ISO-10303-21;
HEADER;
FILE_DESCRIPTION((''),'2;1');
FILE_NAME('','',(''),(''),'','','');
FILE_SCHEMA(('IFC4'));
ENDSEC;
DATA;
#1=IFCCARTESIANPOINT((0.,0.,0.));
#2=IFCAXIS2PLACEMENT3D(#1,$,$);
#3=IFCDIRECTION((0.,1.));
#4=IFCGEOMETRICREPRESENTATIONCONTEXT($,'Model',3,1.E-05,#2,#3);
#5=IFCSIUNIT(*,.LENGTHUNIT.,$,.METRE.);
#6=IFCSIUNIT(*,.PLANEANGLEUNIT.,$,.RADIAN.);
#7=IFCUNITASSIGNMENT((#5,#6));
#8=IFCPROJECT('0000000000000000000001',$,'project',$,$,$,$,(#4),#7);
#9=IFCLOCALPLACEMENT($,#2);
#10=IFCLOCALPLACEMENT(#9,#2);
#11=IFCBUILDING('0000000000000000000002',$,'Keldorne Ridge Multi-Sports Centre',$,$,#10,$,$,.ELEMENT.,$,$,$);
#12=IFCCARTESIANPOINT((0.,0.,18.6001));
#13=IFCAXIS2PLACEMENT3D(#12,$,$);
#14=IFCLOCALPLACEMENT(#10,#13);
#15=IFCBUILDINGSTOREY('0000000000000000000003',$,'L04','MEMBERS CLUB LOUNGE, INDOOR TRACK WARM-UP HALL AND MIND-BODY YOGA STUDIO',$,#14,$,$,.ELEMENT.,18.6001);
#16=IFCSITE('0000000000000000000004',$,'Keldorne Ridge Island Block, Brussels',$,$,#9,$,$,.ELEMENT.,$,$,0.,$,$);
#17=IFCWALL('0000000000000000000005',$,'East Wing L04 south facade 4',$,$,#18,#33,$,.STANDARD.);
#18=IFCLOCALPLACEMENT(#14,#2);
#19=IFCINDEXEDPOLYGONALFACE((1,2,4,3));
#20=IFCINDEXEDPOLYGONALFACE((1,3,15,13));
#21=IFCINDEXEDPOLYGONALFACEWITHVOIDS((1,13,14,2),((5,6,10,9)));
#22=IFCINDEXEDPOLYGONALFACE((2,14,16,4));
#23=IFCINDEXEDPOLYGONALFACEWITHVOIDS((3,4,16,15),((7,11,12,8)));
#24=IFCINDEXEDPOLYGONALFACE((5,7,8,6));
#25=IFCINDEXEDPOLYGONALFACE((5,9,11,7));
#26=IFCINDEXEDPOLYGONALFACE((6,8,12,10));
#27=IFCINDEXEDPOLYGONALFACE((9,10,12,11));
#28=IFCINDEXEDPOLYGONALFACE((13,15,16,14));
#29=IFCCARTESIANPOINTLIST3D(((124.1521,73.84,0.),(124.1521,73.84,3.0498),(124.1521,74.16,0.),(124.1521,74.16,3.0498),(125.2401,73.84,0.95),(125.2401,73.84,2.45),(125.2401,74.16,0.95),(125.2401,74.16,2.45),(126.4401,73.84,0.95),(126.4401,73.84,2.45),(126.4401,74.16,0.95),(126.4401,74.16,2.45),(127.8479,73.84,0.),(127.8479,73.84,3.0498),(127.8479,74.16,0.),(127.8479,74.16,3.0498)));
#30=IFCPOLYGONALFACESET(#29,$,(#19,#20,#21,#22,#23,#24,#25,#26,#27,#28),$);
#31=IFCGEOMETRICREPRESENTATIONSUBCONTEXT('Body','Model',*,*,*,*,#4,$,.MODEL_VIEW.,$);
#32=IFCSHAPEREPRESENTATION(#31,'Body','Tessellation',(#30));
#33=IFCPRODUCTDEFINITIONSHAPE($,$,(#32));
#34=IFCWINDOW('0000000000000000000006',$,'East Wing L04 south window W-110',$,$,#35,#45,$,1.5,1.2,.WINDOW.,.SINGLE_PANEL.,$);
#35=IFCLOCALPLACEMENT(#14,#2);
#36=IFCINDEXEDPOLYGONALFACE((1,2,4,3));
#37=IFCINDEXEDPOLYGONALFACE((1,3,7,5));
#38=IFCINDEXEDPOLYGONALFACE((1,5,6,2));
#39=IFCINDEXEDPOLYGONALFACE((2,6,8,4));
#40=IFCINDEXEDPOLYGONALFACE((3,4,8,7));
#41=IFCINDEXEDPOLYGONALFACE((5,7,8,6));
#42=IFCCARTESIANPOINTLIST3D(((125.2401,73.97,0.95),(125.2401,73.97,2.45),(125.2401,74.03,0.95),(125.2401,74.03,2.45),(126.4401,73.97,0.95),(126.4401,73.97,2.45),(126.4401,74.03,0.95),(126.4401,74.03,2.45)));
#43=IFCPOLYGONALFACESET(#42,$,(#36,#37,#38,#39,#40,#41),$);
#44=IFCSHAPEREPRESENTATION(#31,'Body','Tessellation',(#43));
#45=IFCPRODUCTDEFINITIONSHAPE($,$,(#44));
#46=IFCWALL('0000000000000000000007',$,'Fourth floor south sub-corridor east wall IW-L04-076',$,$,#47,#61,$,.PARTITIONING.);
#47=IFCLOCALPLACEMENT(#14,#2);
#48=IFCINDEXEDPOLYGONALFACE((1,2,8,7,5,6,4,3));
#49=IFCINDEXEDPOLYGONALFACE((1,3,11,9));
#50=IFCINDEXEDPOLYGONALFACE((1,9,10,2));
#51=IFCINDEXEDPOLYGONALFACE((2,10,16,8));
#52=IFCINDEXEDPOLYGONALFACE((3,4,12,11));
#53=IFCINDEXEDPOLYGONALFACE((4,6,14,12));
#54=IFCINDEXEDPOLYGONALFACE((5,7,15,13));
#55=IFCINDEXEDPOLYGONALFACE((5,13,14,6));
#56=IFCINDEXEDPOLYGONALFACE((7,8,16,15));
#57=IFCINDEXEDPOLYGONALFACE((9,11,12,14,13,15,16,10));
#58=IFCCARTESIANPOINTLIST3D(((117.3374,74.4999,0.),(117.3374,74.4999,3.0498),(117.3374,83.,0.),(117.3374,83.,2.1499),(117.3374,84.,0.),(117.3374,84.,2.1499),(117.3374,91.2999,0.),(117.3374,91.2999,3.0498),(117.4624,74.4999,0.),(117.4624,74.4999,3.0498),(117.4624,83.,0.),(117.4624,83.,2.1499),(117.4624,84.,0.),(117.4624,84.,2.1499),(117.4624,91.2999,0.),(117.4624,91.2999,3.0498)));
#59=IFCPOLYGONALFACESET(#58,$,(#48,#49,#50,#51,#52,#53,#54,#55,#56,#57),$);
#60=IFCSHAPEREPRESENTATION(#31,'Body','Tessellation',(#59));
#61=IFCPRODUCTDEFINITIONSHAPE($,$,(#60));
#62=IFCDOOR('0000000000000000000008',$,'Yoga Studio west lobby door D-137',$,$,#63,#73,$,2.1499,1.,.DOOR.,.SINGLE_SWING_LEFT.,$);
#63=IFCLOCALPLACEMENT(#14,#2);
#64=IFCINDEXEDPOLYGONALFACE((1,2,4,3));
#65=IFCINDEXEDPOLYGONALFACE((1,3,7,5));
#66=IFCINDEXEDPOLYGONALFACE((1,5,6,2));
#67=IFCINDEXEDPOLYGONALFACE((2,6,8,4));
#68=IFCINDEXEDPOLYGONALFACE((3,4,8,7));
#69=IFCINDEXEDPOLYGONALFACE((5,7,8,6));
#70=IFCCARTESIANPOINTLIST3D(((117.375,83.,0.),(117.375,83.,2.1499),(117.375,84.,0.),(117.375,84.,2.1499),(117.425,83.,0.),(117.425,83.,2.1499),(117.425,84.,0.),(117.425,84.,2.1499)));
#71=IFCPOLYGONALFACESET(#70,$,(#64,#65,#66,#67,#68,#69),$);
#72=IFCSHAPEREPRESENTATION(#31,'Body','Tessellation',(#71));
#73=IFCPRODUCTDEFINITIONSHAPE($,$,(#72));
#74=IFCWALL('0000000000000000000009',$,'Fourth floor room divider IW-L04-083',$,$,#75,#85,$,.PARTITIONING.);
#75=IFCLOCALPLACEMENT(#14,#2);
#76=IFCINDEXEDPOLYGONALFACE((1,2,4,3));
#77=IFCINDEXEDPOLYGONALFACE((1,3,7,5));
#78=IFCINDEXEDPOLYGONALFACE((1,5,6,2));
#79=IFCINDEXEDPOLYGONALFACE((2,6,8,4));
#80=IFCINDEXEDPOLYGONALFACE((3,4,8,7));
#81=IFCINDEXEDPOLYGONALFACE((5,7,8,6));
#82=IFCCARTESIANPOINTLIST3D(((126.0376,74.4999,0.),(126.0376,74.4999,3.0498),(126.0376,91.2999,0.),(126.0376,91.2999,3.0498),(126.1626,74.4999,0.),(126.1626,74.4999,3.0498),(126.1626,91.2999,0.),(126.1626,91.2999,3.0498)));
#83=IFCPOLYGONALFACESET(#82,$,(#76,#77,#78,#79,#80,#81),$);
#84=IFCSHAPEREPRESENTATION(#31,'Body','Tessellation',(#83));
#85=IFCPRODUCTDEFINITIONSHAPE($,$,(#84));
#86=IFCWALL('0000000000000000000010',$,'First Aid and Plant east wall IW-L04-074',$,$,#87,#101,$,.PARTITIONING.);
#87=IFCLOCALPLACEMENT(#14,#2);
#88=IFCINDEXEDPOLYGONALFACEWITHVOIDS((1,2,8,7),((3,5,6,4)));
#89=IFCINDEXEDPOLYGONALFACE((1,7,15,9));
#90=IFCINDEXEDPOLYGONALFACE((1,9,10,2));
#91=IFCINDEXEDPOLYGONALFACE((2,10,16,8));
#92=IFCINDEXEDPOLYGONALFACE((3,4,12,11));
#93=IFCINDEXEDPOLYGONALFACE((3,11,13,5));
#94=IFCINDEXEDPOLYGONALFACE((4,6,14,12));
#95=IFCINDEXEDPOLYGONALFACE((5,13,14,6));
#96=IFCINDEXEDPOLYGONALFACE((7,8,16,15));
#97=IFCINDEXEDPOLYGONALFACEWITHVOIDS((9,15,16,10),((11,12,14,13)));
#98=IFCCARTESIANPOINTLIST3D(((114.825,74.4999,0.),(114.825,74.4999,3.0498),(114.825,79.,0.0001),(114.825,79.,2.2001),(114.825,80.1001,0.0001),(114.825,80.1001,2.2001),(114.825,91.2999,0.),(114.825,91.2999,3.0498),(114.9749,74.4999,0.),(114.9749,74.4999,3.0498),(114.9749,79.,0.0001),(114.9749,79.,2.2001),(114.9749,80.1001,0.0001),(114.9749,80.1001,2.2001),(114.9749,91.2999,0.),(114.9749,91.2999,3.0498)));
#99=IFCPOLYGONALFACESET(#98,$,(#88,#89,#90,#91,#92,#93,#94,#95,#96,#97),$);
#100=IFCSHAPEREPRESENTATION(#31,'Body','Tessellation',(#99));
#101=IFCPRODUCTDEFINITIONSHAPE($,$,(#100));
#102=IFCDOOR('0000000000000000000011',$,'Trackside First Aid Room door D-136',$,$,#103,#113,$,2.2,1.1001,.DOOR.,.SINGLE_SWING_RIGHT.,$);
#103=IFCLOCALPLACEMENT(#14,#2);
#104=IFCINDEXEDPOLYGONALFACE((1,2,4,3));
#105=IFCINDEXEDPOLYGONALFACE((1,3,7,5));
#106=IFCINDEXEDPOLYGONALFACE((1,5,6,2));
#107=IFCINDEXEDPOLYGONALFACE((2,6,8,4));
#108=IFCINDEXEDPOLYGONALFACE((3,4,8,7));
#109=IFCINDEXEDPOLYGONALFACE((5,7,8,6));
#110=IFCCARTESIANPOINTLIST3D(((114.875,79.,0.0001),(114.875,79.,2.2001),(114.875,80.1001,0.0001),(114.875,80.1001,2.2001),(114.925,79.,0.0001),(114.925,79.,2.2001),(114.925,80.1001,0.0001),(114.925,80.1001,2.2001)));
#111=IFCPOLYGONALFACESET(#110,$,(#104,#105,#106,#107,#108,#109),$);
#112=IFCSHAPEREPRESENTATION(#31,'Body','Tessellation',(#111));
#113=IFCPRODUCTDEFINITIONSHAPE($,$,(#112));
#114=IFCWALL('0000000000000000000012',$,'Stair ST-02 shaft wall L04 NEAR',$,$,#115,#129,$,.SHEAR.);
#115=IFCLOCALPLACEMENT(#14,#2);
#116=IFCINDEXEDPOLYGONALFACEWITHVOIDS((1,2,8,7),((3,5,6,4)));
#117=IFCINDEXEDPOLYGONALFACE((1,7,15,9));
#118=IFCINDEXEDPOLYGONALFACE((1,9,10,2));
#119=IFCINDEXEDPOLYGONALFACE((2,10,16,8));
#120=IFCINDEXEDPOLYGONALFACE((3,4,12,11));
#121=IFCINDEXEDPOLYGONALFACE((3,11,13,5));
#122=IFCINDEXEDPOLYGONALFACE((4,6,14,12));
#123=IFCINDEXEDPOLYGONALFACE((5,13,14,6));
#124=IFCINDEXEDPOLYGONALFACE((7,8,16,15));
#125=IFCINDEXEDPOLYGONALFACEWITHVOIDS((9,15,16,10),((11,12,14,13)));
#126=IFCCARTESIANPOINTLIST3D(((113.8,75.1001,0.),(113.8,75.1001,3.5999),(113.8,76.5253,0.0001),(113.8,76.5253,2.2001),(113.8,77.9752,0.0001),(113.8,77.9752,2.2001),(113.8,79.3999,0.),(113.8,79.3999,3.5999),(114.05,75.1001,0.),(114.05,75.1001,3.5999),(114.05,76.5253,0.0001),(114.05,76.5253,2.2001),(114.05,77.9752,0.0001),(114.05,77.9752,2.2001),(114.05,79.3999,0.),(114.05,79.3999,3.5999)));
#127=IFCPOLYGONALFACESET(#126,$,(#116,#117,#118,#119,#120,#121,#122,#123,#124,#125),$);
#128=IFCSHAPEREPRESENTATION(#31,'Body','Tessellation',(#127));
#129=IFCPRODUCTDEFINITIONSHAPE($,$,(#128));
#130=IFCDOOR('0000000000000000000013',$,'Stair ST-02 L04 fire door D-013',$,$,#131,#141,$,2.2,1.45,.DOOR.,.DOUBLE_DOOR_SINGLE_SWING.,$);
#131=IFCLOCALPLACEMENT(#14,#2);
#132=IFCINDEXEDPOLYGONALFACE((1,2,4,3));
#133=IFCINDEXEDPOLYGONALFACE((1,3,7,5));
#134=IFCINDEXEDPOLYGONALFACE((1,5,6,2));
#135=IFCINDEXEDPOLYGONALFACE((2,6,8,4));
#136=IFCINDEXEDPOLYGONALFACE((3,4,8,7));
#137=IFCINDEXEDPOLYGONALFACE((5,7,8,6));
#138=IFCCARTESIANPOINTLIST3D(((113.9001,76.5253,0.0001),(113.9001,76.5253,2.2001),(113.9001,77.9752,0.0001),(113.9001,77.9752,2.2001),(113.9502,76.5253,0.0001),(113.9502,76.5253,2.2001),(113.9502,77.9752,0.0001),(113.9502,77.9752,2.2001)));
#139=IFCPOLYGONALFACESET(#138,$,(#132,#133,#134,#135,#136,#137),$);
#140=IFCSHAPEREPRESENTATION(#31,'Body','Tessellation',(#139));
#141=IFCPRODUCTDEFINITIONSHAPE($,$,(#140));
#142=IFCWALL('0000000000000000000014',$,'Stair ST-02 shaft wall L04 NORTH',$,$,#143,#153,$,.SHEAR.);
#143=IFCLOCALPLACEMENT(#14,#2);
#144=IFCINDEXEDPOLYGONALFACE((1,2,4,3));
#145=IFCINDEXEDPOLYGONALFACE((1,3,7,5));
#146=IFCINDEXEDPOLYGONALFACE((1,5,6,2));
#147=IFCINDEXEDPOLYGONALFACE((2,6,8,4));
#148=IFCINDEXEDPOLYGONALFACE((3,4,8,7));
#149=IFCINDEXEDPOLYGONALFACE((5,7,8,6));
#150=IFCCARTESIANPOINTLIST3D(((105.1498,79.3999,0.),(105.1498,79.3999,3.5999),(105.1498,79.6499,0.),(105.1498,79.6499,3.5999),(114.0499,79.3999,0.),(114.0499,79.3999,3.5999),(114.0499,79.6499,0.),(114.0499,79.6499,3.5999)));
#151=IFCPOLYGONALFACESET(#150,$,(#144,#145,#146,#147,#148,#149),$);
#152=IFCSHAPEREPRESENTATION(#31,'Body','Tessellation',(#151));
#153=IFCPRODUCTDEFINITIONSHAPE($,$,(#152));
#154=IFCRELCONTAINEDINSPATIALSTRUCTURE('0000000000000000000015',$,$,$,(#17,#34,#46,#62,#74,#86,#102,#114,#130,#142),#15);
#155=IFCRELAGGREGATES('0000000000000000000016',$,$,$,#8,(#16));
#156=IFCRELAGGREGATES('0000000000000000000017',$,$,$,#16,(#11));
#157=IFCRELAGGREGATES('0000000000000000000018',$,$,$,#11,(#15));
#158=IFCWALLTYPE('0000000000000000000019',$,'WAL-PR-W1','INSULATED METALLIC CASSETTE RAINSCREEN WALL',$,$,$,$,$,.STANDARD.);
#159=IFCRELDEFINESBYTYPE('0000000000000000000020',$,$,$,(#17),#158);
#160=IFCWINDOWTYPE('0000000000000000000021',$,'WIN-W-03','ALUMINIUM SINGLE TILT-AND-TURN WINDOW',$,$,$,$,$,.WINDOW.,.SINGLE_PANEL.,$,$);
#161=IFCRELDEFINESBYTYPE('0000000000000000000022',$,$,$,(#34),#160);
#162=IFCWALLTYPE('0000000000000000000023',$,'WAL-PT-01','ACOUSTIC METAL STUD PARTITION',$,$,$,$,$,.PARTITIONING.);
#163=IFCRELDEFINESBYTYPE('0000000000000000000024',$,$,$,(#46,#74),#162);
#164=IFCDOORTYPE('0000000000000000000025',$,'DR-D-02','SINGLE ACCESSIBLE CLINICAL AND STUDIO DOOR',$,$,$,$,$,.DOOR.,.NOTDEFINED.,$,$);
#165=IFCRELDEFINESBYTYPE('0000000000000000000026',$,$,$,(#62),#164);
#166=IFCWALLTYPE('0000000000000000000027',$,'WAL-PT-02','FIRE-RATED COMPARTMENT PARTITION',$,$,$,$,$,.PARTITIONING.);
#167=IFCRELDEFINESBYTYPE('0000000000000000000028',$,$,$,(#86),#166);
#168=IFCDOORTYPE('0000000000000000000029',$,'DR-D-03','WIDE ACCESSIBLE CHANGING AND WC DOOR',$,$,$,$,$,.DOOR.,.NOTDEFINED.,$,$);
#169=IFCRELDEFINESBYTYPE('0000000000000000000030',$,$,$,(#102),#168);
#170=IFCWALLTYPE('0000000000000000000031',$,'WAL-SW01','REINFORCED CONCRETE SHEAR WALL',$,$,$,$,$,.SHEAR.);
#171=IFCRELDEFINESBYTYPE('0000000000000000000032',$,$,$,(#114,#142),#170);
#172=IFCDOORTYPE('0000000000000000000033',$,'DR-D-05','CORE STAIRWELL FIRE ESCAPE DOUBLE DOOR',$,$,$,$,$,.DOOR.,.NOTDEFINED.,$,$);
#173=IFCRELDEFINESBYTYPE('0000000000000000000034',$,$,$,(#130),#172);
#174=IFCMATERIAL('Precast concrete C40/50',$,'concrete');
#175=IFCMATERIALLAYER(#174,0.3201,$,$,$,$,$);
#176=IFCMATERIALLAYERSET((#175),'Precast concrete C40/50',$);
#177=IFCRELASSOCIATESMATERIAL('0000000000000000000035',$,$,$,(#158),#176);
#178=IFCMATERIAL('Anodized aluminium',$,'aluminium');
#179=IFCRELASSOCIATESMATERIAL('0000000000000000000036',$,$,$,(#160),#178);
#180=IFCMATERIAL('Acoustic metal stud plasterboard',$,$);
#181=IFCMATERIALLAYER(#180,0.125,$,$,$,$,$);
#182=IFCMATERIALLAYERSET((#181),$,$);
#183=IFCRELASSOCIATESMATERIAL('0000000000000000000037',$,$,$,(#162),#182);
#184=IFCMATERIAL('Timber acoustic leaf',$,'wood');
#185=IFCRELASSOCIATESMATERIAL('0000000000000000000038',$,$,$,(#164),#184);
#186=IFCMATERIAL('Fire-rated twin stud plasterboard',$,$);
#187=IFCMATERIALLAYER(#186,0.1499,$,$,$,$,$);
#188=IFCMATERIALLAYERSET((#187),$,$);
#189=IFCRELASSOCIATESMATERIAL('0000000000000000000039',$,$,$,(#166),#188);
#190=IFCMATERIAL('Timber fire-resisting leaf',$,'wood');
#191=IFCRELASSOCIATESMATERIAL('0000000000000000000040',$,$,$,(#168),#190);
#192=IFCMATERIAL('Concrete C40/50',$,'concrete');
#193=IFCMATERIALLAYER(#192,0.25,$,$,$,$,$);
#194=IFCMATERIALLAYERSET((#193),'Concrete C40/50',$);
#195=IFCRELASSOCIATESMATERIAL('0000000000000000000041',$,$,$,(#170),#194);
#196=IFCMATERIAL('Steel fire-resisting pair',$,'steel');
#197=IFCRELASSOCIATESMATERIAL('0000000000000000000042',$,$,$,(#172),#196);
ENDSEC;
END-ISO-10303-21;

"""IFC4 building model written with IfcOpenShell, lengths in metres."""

from ifc_helpers import new_model, si_unit, direction, frame, frame_2d, origin, place, context, subcontext, project, spatial, rectangle, extrude, material, layer, layer_set, type_object, element, fill, save


model = new_model("IFC4")

# Units and contexts
model_context = context("Model", 3, precision=1e-05, world=origin(), true_north=direction((0.0, 1.0)))
body_context = subcontext(model_context, "Body", "Model", "MODEL_VIEW")
ifc_project = project(units=[si_unit("LENGTHUNIT", "METRE"), si_unit("PLANEANGLEUNIT", "RADIAN")], contexts=[model_context])

# Site, building, storey
site_placement = place(None, origin())
site = spatial("IfcSite", under=ifc_project, at=site_placement, Name="Keldorne Ridge Island Block, Brussels", CompositionType="ELEMENT", RefElevation=0.0)
building_placement = place(site_placement, origin())
building = spatial("IfcBuilding", under=site, at=building_placement, Name="Keldorne Ridge Multi-Sports Centre", CompositionType="ELEMENT")
storey_placement = place(building_placement, frame((0.0, 0.0, 18.6001)))
storey = spatial("IfcBuildingStorey", under=building, at=storey_placement, Name="L04", Description="MEMBERS CLUB LOUNGE, INDOOR TRACK WARM-UP HALL AND MIND-BODY YOGA STUDIO", CompositionType="ELEMENT", Elevation=18.6001)

# Wall, opening, window
ifc_material_1 = material(Name="Precast concrete C40/50", Category="concrete")
ifc_layer_1 = layer(ifc_material_1, 0.3201)
ifc_layer_set_1 = layer_set([ifc_layer_1], Name="Precast concrete C40/50")
wall_type_1 = type_object("IfcWallType", Name="WAL-PR-W1", Description="INSULATED METALLIC CASSETTE RAINSCREEN WALL", PredefinedType="STANDARD", material=ifc_layer_set_1)
wall_1_placement = place(storey_placement, frame((124.1521, 74.0, 0.0), z_axis=(0.0, 0.0, 1.0), x_axis=(1.0, 0.0, 0.0)))
wall_1 = element("IfcWall", 1, at=wall_1_placement, inside=storey, type_object=wall_type_1, Name="East Wing L04 south facade 4", PredefinedType="STANDARD", context=body_context, shape_type="SweptSolid", body=[
    extrude(rectangle(XDim=3.6958, YDim=0.3201, at=frame_2d((1.8479, 0.0))), origin(), (0.0, 0.0, 1.0), 3.0498),
])
opening_1_placement = place(wall_1_placement, frame((1.0879, 0.0, 0.95)))
opening_1 = element("IfcOpeningElement", 2, at=opening_1_placement, cuts=wall_1, PredefinedType="OPENING", context=body_context, shape_type="SweptSolid", body=[
    extrude(rectangle(XDim=1.2, YDim=1.5, at=frame_2d((0.6001, 0.75))), frame((0.0, 0.1699, 0.0), z_axis=(0.0, -1.0, 0.0), x_axis=(1.0, 0.0, 0.0)), (0.0, 0.0, 1.0), 0.3401),
])
ifc_material_2 = material(Name="Anodized aluminium", Category="aluminium")
window_type = type_object("IfcWindowType", Name="WIN-W-03", Description="ALUMINIUM SINGLE TILT-AND-TURN WINDOW", PartitioningType="SINGLE_PANEL", PredefinedType="WINDOW", material=ifc_material_2)
window_placement = place(opening_1_placement, origin())
window = element("IfcWindow", 3, at=window_placement, inside=storey, type_object=window_type, Name="East Wing L04 south window W-110", OverallHeight=1.5, OverallWidth=1.2, PartitioningType="SINGLE_PANEL", PredefinedType="WINDOW", context=body_context, shape_type="SweptSolid", body=[
    extrude(rectangle(XDim=1.2, YDim=1.5, at=frame_2d((0.6001, 0.75))), frame((0.0, 0.03, 0.0), z_axis=(0.0, -1.0, 0.0), x_axis=(1.0, 0.0, 0.0)), (0.0, 0.0, 1.0), 0.0601),
])
fill(opening_1, window)

# Wall, opening, door
ifc_material_3 = material(Name="Acoustic metal stud plasterboard")
ifc_layer_2 = layer(ifc_material_3, 0.125)
ifc_layer_set_2 = layer_set([ifc_layer_2])
wall_type_2 = type_object("IfcWallType", Name="WAL-PT-01", Description="ACOUSTIC METAL STUD PARTITION", PredefinedType="PARTITIONING", material=ifc_layer_set_2)
wall_2_placement = place(storey_placement, frame((117.3999, 74.5, 0.0), z_axis=(0.0, 0.0, 1.0), x_axis=(0.0, 1.0, 0.0)))
wall_2 = element("IfcWall", 4, at=wall_2_placement, inside=storey, type_object=wall_type_2, Name="Fourth floor south sub-corridor east wall IW-L04-076", PredefinedType="PARTITIONING", context=body_context, shape_type="SweptSolid", body=[
    extrude(rectangle(XDim=16.8, YDim=0.125, at=frame_2d((8.3999, 0.0))), origin(), (0.0, 0.0, 1.0), 3.0498),
])
opening_2_placement = place(wall_2_placement, frame((8.5, 0.0, 0.0)))
opening_2 = element("IfcOpeningElement", 5, at=opening_2_placement, cuts=wall_2, PredefinedType="OPENING", context=body_context, shape_type="SweptSolid", body=[
    extrude(rectangle(XDim=1.0, YDim=2.1499, at=frame_2d((0.5, 1.075))), frame((0.0, 0.0725, 0.0), z_axis=(0.0, -1.0, 0.0), x_axis=(1.0, 0.0, 0.0)), (0.0, 0.0, 1.0), 0.145),
])
ifc_material_4 = material(Name="Timber acoustic leaf", Category="wood")
door_type_1 = type_object("IfcDoorType", Name="DR-D-02", Description="SINGLE ACCESSIBLE CLINICAL AND STUDIO DOOR", OperationType="NOTDEFINED", PredefinedType="DOOR", material=ifc_material_4)
door_1_placement = place(opening_2_placement, origin())
door_1 = element("IfcDoor", 6, at=door_1_placement, inside=storey, type_object=door_type_1, Name="Yoga Studio west lobby door D-137", OperationType="SINGLE_SWING_LEFT", OverallHeight=2.1499, OverallWidth=1.0, PredefinedType="DOOR", context=body_context, shape_type="SweptSolid", body=[
    extrude(rectangle(XDim=1.0, YDim=2.1499, at=frame_2d((0.5, 1.075))), frame((0.0, 0.0249, 0.0), z_axis=(0.0, -1.0, 0.0), x_axis=(1.0, 0.0, 0.0)), (0.0, 0.0, 1.0), 0.05),
])
fill(opening_2, door_1)

# Wall
wall_3_placement = place(storey_placement, frame((126.1001, 74.5, 0.0), z_axis=(0.0, 0.0, 1.0), x_axis=(0.0, 1.0, 0.0)))
element("IfcWall", 7, at=wall_3_placement, inside=storey, type_object=wall_type_2, Name="Fourth floor room divider IW-L04-083", PredefinedType="PARTITIONING", context=body_context, shape_type="SweptSolid", body=[
    extrude(rectangle(XDim=16.8, YDim=0.125, at=frame_2d((8.3999, 0.0))), origin(), (0.0, 0.0, 1.0), 3.0498),
])

# Walls, openings, doors
ifc_material_5 = material(Name="Fire-rated twin stud plasterboard")
ifc_layer_3 = layer(ifc_material_5, 0.1499)
ifc_layer_set_3 = layer_set([ifc_layer_3])
wall_type_3 = type_object("IfcWallType", Name="WAL-PT-02", Description="FIRE-RATED COMPARTMENT PARTITION", PredefinedType="PARTITIONING", material=ifc_layer_set_3)
wall_4_placement = place(storey_placement, frame((114.8999, 74.5, 0.0), z_axis=(0.0, 0.0, 1.0), x_axis=(0.0, 1.0, 0.0)))
wall_4 = element("IfcWall", 8, at=wall_4_placement, inside=storey, type_object=wall_type_3, Name="First Aid and Plant east wall IW-L04-074", PredefinedType="PARTITIONING", context=body_context, shape_type="SweptSolid", body=[
    extrude(rectangle(XDim=16.8, YDim=0.1499, at=frame_2d((8.3999, 0.0))), origin(), (0.0, 0.0, 1.0), 3.0498),
])
opening_3_placement = place(wall_4_placement, frame((4.5, 0.0, 0.0)))
opening_3 = element("IfcOpeningElement", 9, at=opening_3_placement, cuts=wall_4, PredefinedType="OPENING", context=body_context, shape_type="SweptSolid", body=[
    extrude(rectangle(XDim=1.1001, YDim=2.2, at=frame_2d((0.55, 1.1001))), frame((0.0, 0.085, 0.0), z_axis=(0.0, -1.0, 0.0), x_axis=(1.0, 0.0, 0.0)), (0.0, 0.0, 1.0), 0.1699),
])
ifc_material_6 = material(Name="Timber fire-resisting leaf", Category="wood")
door_type_2 = type_object("IfcDoorType", Name="DR-D-03", Description="WIDE ACCESSIBLE CHANGING AND WC DOOR", OperationType="NOTDEFINED", PredefinedType="DOOR", material=ifc_material_6)
door_2_placement = place(opening_3_placement, origin())
door_2 = element("IfcDoor", 10, at=door_2_placement, inside=storey, type_object=door_type_2, Name="Trackside First Aid Room door D-136", OperationType="SINGLE_SWING_RIGHT", OverallHeight=2.2, OverallWidth=1.1001, PredefinedType="DOOR", context=body_context, shape_type="SweptSolid", body=[
    extrude(rectangle(XDim=1.1001, YDim=2.2, at=frame_2d((0.55, 1.1001))), frame((0.0, 0.0249, 0.0), z_axis=(0.0, -1.0, 0.0), x_axis=(1.0, 0.0, 0.0)), (0.0, 0.0, 1.0), 0.05),
])
fill(opening_3, door_2)
ifc_material_7 = material(Name="Concrete C40/50", Category="concrete")
ifc_layer_4 = layer(ifc_material_7, 0.25)
ifc_layer_set_4 = layer_set([ifc_layer_4], Name="Concrete C40/50")
wall_type_4 = type_object("IfcWallType", Name="WAL-SW01", Description="REINFORCED CONCRETE SHEAR WALL", PredefinedType="SHEAR", material=ifc_layer_set_4)
wall_5_placement = place(storey_placement, frame((113.925, 75.1001, 0.0), z_axis=(0.0, 0.0, 1.0), x_axis=(0.0, 1.0, 0.0)))
wall_5 = element("IfcWall", 11, at=wall_5_placement, inside=storey, type_object=wall_type_4, Name="Stair ST-02 shaft wall L04 NEAR", PredefinedType="SHEAR", context=body_context, shape_type="SweptSolid", body=[
    extrude(rectangle(XDim=4.2998, YDim=0.25, at=frame_2d((2.1499, 0.0))), origin(), (0.0, 0.0, 1.0), 3.5999),
])
opening_4_placement = place(wall_5_placement, frame((1.425, 0.0, 0.0)))
opening_4 = element("IfcOpeningElement", 12, at=opening_4_placement, cuts=wall_5, PredefinedType="OPENING", context=body_context, shape_type="SweptSolid", body=[
    extrude(rectangle(XDim=1.45, YDim=2.2, at=frame_2d((0.7251, 1.1001))), frame((0.0, 0.135, 0.0), z_axis=(0.0, -1.0, 0.0), x_axis=(1.0, 0.0, 0.0)), (0.0, 0.0, 1.0), 0.27),
])
ifc_material_8 = material(Name="Steel fire-resisting pair", Category="steel")
door_type_3 = type_object("IfcDoorType", Name="DR-D-05", Description="CORE STAIRWELL FIRE ESCAPE DOUBLE DOOR", OperationType="NOTDEFINED", PredefinedType="DOOR", material=ifc_material_8)
door_3_placement = place(opening_4_placement, origin())
door_3 = element("IfcDoor", 13, at=door_3_placement, inside=storey, type_object=door_type_3, Name="Stair ST-02 L04 fire door D-013", OperationType="DOUBLE_DOOR_SINGLE_SWING", OverallHeight=2.2, OverallWidth=1.45, PredefinedType="DOOR", context=body_context, shape_type="SweptSolid", body=[
    extrude(rectangle(XDim=1.45, YDim=2.2, at=frame_2d((0.7251, 1.1001))), frame((0.0, 0.0249, 0.0), z_axis=(0.0, -1.0, 0.0), x_axis=(1.0, 0.0, 0.0)), (0.0, 0.0, 1.0), 0.05),
])
fill(opening_4, door_3)

# Wall
wall_6_placement = place(storey_placement, frame((114.05, 79.5249, 0.0), z_axis=(0.0, 0.0, 1.0), x_axis=(-1.0, 0.0, 0.0)))
element("IfcWall", 14, at=wall_6_placement, inside=storey, type_object=wall_type_4, Name="Stair ST-02 shaft wall L04 NORTH", PredefinedType="SHEAR", context=body_context, shape_type="SweptSolid", body=[
    extrude(rectangle(XDim=8.9001, YDim=0.25, at=frame_2d((4.4502, 0.0))), origin(), (0.0, 0.0, 1.0), 3.5999),
])

save(model, "model.ifc")
